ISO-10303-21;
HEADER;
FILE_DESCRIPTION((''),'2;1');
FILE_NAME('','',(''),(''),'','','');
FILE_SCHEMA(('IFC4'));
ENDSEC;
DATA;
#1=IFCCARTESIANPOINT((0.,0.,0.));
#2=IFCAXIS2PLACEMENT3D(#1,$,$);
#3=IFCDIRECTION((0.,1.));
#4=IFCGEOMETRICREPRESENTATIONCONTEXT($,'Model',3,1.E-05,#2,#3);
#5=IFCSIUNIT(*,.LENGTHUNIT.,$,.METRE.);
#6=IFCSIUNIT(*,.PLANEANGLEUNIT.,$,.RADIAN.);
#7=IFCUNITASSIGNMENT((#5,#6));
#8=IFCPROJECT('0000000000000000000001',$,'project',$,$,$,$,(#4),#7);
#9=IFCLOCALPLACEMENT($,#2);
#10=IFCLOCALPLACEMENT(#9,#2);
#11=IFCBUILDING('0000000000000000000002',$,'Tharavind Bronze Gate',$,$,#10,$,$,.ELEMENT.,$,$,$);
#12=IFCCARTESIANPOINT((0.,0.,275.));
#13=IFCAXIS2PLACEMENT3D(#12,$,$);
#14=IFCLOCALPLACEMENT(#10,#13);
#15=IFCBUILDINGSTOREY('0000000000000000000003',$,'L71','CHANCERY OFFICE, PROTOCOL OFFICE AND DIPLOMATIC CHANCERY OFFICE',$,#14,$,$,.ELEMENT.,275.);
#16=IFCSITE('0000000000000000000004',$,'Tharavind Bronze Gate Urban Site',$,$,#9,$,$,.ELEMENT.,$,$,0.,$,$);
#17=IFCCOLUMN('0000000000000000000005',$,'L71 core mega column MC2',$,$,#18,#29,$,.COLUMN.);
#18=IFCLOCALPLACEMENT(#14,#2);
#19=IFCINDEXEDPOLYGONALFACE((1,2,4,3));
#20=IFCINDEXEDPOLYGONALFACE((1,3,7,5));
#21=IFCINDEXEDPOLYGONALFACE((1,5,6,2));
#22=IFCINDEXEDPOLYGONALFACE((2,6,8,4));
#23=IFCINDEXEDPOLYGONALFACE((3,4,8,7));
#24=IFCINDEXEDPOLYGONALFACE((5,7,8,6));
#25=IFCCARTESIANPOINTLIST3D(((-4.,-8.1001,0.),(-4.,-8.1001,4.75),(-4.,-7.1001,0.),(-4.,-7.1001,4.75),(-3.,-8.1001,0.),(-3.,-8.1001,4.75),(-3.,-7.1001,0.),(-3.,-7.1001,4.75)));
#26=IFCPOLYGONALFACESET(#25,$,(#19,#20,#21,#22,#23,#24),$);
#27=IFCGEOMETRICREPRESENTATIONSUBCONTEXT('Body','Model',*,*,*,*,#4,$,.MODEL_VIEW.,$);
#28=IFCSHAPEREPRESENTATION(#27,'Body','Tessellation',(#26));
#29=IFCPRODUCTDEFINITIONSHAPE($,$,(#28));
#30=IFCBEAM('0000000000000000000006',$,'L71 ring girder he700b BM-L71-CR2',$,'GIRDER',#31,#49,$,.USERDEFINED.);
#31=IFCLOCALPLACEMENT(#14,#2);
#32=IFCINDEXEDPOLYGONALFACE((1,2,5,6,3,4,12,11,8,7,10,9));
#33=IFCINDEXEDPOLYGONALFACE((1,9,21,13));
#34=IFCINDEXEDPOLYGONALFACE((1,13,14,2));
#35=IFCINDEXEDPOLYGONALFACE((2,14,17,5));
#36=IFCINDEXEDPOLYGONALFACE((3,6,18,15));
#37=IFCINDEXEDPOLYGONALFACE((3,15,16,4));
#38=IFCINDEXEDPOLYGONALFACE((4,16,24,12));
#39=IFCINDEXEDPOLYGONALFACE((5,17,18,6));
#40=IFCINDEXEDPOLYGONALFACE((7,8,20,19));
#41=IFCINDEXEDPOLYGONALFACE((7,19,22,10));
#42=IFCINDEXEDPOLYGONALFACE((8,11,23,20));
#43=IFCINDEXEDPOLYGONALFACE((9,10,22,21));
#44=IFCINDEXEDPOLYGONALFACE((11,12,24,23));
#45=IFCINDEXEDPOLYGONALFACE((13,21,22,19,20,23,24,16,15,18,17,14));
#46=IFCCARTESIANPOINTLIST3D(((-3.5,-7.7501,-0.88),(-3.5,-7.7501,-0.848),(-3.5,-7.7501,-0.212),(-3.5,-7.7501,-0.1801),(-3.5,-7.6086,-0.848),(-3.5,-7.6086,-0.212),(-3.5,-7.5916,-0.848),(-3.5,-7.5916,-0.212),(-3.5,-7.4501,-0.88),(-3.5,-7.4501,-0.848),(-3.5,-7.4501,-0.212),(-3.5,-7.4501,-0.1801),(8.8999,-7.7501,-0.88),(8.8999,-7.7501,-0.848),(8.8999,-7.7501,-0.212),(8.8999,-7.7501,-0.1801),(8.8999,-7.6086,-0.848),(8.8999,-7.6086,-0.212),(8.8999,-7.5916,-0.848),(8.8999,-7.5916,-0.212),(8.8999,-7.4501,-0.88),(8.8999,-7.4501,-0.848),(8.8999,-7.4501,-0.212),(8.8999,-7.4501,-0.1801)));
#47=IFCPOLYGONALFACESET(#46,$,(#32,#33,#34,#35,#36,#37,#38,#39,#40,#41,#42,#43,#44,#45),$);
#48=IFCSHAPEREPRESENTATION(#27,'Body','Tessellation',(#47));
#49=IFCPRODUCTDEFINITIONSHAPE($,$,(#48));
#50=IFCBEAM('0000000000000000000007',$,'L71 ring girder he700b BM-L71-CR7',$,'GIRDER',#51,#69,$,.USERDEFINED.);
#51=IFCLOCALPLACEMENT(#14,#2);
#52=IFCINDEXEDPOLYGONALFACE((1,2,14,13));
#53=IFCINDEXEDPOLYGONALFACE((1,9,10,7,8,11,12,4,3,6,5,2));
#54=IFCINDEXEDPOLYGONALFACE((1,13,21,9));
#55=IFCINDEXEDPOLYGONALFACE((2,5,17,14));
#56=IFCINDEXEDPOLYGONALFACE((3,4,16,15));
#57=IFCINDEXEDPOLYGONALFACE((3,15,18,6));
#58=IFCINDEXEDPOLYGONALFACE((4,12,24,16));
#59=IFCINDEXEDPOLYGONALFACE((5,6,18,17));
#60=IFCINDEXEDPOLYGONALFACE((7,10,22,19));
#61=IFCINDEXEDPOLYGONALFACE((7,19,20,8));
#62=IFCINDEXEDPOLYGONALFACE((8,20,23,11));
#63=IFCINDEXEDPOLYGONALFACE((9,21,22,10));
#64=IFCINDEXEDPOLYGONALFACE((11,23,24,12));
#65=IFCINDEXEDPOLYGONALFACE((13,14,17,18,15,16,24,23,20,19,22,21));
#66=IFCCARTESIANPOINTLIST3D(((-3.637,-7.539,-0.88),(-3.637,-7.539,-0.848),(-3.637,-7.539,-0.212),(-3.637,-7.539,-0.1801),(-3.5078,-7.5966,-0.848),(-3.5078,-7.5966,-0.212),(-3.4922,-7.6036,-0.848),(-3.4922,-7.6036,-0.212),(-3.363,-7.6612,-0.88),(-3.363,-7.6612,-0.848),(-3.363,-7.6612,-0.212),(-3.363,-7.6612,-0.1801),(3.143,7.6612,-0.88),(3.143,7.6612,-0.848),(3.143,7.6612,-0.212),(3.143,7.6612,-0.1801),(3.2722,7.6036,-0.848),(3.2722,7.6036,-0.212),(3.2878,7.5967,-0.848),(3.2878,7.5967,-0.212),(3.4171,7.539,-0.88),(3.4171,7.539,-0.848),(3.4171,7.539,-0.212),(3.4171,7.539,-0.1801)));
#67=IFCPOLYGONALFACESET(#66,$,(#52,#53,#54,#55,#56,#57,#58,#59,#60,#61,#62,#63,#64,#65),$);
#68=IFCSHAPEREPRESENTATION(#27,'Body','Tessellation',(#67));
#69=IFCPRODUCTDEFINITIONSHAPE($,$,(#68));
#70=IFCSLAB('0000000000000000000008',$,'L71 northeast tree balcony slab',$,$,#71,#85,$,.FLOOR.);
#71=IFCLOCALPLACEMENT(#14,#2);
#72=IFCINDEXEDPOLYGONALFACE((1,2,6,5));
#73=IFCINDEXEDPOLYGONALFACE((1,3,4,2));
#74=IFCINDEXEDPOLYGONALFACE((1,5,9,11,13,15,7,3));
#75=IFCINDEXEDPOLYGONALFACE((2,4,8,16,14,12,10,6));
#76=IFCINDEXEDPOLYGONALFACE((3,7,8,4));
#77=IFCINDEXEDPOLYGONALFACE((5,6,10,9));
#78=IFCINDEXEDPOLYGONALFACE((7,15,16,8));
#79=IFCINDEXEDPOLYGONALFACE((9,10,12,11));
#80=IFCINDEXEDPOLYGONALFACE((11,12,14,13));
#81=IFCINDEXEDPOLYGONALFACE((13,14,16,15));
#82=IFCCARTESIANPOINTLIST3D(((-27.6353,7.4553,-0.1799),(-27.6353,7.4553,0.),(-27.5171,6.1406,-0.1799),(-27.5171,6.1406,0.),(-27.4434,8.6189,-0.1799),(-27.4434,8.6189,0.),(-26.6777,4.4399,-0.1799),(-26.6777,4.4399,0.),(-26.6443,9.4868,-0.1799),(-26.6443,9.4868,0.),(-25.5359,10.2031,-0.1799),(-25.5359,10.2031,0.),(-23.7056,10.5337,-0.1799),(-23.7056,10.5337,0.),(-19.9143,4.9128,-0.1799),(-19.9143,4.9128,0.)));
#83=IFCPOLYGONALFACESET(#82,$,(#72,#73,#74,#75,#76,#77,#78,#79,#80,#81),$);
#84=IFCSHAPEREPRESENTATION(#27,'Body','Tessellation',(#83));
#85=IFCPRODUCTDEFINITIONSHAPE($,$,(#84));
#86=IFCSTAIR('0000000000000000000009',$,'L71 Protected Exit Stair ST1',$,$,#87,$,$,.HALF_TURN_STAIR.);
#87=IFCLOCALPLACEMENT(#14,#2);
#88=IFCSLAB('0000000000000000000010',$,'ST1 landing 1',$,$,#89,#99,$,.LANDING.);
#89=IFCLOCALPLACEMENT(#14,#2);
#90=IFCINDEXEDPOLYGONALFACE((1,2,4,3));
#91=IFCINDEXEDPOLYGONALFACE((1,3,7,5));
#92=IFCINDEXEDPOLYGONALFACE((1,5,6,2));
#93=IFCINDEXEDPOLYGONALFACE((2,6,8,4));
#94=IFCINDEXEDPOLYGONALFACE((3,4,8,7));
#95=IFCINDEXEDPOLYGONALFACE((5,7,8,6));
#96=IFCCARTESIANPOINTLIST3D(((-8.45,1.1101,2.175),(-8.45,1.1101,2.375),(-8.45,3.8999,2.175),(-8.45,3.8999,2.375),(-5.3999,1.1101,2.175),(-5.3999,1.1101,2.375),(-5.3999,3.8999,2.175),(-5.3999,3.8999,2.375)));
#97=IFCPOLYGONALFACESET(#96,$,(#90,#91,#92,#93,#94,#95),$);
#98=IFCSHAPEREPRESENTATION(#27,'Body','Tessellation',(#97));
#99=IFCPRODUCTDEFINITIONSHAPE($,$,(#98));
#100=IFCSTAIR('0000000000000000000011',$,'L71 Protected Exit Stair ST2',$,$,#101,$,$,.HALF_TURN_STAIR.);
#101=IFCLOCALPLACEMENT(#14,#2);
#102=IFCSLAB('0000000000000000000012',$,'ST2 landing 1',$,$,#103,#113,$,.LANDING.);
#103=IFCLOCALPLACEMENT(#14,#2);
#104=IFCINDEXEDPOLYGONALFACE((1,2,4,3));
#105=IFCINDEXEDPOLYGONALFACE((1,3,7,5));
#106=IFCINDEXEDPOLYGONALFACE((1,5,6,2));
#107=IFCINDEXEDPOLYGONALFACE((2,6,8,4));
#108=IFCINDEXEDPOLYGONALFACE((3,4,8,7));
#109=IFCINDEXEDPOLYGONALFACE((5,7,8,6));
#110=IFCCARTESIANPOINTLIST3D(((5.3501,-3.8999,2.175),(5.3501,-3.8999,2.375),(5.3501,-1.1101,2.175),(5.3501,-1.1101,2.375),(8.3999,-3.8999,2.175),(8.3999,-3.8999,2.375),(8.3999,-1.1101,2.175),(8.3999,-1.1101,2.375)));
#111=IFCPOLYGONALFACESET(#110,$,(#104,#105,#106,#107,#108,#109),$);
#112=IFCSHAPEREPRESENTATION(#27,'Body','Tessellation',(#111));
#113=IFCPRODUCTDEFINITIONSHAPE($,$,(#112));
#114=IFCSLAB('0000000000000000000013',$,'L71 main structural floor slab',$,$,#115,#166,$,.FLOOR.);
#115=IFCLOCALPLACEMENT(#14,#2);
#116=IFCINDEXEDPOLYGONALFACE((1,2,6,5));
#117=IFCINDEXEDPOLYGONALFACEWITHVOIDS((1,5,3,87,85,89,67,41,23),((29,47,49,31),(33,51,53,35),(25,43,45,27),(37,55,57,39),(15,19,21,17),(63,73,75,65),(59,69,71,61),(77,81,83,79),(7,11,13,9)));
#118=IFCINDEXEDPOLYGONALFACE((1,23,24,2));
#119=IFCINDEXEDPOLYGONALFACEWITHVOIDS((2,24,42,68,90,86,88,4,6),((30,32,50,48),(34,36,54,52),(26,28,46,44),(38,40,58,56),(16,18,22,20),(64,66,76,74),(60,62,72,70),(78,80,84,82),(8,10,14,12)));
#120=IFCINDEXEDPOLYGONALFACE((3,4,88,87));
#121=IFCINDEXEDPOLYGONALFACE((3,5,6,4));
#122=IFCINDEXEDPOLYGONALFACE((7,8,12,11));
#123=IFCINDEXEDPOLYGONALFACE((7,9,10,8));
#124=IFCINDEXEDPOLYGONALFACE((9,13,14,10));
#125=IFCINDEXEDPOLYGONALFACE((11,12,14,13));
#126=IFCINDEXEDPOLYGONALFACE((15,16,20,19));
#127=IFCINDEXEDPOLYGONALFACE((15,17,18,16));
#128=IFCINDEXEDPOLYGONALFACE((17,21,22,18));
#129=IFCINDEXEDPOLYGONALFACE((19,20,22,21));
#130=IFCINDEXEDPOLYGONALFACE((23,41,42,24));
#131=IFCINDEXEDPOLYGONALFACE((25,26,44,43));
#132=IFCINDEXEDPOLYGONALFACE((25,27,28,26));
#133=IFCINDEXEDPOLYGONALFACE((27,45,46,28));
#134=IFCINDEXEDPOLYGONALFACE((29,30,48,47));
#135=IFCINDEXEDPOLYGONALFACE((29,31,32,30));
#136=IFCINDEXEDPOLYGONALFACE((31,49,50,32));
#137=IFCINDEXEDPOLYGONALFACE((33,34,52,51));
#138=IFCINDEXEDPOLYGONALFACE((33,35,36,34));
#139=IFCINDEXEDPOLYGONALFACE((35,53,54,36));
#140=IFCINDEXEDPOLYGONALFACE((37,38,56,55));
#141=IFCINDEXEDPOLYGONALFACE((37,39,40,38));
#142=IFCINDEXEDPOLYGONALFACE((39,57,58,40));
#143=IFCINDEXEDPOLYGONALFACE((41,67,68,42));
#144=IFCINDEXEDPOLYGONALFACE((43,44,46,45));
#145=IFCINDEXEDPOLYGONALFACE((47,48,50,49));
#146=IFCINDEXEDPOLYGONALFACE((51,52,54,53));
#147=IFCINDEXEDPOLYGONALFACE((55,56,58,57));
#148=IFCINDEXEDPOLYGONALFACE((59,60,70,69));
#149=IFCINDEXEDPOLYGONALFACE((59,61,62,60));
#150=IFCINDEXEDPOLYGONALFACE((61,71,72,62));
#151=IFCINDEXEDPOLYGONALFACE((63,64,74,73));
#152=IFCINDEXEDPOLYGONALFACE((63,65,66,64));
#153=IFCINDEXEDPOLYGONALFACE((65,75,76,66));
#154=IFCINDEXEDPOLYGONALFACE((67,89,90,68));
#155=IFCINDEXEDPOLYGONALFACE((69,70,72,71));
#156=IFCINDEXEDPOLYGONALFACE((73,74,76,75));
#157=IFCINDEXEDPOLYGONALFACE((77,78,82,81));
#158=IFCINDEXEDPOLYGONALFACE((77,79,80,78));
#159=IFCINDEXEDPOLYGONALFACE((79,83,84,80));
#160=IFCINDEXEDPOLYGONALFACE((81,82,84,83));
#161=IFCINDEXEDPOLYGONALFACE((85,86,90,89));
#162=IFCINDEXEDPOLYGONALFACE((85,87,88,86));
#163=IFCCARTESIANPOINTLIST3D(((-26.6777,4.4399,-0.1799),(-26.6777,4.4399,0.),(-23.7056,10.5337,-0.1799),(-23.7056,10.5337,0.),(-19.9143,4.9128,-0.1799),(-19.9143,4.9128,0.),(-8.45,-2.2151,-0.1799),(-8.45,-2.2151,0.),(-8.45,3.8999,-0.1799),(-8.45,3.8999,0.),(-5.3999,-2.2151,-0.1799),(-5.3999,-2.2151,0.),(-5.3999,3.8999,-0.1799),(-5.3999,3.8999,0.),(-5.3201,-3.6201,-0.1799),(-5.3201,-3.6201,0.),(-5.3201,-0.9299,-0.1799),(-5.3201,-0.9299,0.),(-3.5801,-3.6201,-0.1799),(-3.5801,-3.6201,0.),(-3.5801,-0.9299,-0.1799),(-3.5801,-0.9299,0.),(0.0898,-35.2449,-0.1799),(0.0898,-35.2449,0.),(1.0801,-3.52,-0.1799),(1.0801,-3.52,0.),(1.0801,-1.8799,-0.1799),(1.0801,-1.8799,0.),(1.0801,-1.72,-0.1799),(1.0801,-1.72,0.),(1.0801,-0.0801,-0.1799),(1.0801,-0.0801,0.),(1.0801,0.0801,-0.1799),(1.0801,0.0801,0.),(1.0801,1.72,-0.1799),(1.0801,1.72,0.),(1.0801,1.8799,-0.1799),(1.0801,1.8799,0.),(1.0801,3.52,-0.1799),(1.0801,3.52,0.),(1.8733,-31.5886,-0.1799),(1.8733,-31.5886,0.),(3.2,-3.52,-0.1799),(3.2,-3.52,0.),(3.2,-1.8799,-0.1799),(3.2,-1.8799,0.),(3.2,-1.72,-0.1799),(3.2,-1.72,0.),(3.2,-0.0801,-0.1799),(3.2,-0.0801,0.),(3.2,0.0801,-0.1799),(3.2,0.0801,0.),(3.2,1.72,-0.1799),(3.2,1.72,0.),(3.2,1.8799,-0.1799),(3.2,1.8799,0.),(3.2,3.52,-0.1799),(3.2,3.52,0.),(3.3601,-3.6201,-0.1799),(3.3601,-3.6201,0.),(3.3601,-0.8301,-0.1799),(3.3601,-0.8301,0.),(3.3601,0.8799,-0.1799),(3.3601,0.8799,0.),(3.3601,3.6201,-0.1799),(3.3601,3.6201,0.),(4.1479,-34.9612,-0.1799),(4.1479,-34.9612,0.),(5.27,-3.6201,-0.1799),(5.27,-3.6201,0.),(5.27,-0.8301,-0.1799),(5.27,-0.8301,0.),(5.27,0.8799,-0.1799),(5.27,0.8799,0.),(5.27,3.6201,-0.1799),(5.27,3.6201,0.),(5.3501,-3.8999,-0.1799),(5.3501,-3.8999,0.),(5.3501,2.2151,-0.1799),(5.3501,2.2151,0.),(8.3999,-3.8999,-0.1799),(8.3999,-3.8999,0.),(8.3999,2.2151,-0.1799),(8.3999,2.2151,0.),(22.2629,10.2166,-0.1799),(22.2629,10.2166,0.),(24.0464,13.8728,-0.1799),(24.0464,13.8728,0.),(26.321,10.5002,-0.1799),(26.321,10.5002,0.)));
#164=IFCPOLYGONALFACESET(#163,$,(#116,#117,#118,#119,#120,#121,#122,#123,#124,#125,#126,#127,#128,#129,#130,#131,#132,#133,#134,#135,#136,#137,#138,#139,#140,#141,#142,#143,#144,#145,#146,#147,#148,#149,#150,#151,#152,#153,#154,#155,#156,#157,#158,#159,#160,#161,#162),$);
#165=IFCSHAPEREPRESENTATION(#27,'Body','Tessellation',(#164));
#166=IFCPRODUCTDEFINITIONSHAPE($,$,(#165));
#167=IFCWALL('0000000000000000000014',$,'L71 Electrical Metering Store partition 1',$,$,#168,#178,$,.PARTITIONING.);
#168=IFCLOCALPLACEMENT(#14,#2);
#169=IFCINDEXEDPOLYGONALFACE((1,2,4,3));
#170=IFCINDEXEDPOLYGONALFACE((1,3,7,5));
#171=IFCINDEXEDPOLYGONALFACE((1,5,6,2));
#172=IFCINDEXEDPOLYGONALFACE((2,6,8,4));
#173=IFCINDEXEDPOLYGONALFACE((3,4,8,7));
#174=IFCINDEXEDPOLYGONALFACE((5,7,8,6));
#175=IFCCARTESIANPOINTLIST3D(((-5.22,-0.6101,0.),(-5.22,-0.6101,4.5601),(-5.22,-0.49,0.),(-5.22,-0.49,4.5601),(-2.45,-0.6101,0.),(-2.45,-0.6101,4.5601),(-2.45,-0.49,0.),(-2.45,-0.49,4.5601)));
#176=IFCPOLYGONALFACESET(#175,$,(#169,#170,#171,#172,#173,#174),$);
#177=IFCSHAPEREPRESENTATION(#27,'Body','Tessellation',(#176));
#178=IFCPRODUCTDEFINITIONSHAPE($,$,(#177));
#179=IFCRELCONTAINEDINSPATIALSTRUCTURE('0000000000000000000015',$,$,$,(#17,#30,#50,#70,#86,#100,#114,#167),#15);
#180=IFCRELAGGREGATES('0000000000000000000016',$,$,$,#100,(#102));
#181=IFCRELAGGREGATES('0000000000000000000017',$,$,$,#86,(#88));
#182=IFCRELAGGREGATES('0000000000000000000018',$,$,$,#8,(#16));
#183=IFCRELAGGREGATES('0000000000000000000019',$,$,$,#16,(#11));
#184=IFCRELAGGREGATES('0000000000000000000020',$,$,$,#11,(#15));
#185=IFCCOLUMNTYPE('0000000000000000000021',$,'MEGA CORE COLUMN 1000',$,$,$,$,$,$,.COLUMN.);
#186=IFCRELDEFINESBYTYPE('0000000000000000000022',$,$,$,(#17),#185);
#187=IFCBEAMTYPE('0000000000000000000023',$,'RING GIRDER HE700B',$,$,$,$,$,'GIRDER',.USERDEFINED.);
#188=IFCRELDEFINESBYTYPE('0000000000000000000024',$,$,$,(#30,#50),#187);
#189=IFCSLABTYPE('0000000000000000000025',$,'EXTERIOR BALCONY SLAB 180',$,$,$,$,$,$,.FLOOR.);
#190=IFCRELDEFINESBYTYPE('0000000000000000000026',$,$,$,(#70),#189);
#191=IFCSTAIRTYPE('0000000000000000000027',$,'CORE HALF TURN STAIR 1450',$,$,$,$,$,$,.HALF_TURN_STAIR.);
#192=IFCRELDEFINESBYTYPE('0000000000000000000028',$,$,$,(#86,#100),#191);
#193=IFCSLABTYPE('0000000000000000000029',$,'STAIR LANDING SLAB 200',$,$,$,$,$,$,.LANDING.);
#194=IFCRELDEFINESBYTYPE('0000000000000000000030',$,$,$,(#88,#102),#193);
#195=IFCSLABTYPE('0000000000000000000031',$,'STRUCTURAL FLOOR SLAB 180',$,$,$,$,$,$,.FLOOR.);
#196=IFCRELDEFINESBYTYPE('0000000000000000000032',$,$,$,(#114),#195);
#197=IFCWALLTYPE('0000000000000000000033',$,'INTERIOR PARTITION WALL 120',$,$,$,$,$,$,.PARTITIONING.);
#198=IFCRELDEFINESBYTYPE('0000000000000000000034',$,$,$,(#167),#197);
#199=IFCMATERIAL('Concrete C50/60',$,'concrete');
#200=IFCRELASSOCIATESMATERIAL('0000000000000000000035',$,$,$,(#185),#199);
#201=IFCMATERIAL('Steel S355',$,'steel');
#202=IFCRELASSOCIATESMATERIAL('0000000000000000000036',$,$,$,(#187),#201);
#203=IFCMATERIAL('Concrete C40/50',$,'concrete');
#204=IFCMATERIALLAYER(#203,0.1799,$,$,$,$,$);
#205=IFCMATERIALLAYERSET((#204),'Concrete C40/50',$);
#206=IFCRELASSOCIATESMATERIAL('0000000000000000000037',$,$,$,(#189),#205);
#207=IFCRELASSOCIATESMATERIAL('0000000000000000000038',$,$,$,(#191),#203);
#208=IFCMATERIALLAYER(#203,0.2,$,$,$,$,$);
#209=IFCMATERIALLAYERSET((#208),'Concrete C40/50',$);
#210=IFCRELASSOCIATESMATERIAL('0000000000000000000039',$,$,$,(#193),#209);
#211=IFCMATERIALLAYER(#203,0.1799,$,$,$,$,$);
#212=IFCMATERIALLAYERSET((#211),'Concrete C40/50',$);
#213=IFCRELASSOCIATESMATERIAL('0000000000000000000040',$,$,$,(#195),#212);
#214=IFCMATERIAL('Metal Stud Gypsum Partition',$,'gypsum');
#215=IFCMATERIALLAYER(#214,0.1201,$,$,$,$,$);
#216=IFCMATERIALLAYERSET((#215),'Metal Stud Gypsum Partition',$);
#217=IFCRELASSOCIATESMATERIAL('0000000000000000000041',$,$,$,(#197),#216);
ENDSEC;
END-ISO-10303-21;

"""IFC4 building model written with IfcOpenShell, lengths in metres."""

from ifc_helpers import new_model, si_unit, direction, frame, frame_2d, origin, origin_2d, place, context, subcontext, project, spatial, polyline, rectangle, i_section, outline, extrude, material, layer, layer_set, material_profile, profile_set, type_object, element, aggregate, save


model = new_model("IFC4")

# Units and contexts
model_context = context("Model", 3, precision=1e-05, world=origin(), true_north=direction((0.0, 1.0)))
body_context = subcontext(model_context, "Body", "Model", "MODEL_VIEW")
ifc_project = project(units=[si_unit("LENGTHUNIT", "METRE"), si_unit("PLANEANGLEUNIT", "RADIAN")], contexts=[model_context])

# Site, building, storey
site_placement = place(None, origin())
site = spatial("IfcSite", under=ifc_project, at=site_placement, Name="Tharavind Bronze Gate Urban Site", CompositionType="ELEMENT", RefElevation=0.0)
building_placement = place(site_placement, origin())
building = spatial("IfcBuilding", under=site, at=building_placement, Name="Tharavind Bronze Gate", CompositionType="ELEMENT")
storey_placement = place(building_placement, frame((0.0, 0.0, 275.0)))
storey = spatial("IfcBuildingStorey", under=building, at=storey_placement, Name="L71", Description="CHANCERY OFFICE, PROTOCOL OFFICE AND DIPLOMATIC CHANCERY OFFICE", CompositionType="ELEMENT", Elevation=275.0)

# Column
ifc_material_1 = material(Name="Concrete C50/60", Category="concrete")
ifc_material_profile_1 = material_profile(ifc_material_1, rectangle(XDim=1.0, YDim=1.0, at=origin_2d()), Name="RCCOL1000")
ifc_profile_set_1 = profile_set([ifc_material_profile_1], Name="Concrete C50/60")
column_type = type_object("IfcColumnType", Name="MEGA CORE COLUMN 1000", PredefinedType="COLUMN", material=ifc_profile_set_1)
column_placement = place(storey_placement, frame((-3.5, -7.6001, 0.0), z_axis=(0.0, 0.0, 1.0), x_axis=(1.0, 0.0, 0.0)))
element("IfcColumn", 1, at=column_placement, inside=storey, type_object=column_type, Name="L71 core mega column MC2", PredefinedType="COLUMN", context=body_context, shape_type="SweptSolid", body=[
    extrude(rectangle(XDim=1.0, YDim=1.0, at=origin_2d()), origin(), (0.0, 0.0, 1.0), 4.75),
])

# Beams
ifc_material_2 = material(Name="Steel S355", Category="steel")
ifc_material_profile_2 = material_profile(ifc_material_2, i_section(OverallWidth=0.3, OverallDepth=0.7, WebThickness=0.0171, FlangeThickness=0.032, at=origin_2d()), Name="HE700B")
ifc_profile_set_2 = profile_set([ifc_material_profile_2], Name="Steel S355")
beam_type = type_object("IfcBeamType", Name="RING GIRDER HE700B", ElementType="GIRDER", PredefinedType="USERDEFINED", material=ifc_profile_set_2)
beam_1_placement = place(storey_placement, frame((-3.5, -7.6001, -0.53), z_axis=(1.0, 0.0, 0.0), x_axis=(0.0, 1.0, 0.0)))
element("IfcBeam", 2, at=beam_1_placement, inside=storey, type_object=beam_type, Name="L71 ring girder he700b BM-L71-CR2", ObjectType="GIRDER", PredefinedType="USERDEFINED", context=body_context, shape_type="SweptSolid", body=[
    extrude(i_section(OverallWidth=0.3, OverallDepth=0.7, WebThickness=0.0171, FlangeThickness=0.032, at=origin_2d()), origin(), (0.0, 0.0, 1.0), 12.3999),
])
beam_2_placement = place(storey_placement, frame((-3.5, -7.6001, -0.53), z_axis=(0.407362, 0.913267, 0.0), x_axis=(-0.913267, 0.407362, 0.0)))
element("IfcBeam", 3, at=beam_2_placement, inside=storey, type_object=beam_type, Name="L71 ring girder he700b BM-L71-CR7", ObjectType="GIRDER", PredefinedType="USERDEFINED", context=body_context, shape_type="SweptSolid", body=[
    extrude(i_section(OverallWidth=0.3, OverallDepth=0.7, WebThickness=0.0171, FlangeThickness=0.032, at=origin_2d()), origin(), (0.0, 0.0, 1.0), 16.6438),
])

# Slab
ifc_material_3 = material(Name="Concrete C40/50", Category="concrete")
ifc_layer_1 = layer(ifc_material_3, 0.1799)
ifc_layer_set_1 = layer_set([ifc_layer_1], Name="Concrete C40/50")
slab_type_1 = type_object("IfcSlabType", Name="EXTERIOR BALCONY SLAB 180", PredefinedType="FLOOR", material=ifc_layer_set_1)
slab_1_placement = place(storey_placement, frame((0.0, 0.0, -0.1799)))
element("IfcSlab", 4, at=slab_1_placement, inside=storey, type_object=slab_type_1, Name="L71 northeast tree balcony slab", PredefinedType="FLOOR", context=body_context, shape_type="SweptSolid", body=[
    extrude(outline(polyline([(-25.5359, 10.2031), (-26.6443, 9.4868), (-27.4434, 8.6189), (-27.6353, 7.4553), (-27.5171, 6.1406), (-26.6777, 4.4399), (-19.9143, 4.9128), (-23.7056, 10.5337), (-25.5359, 10.2031)])), origin(), (0.0, 0.0, 1.0), 0.1799),
])

# Stairs, slabs
stair_type = type_object("IfcStairType", Name="CORE HALF TURN STAIR 1450", PredefinedType="HALF_TURN_STAIR", material=ifc_material_3)
stair_1_placement = place(storey_placement, origin())
stair_1 = element("IfcStair", 5, at=stair_1_placement, inside=storey, type_object=stair_type, Name="L71 Protected Exit Stair ST1", PredefinedType="HALF_TURN_STAIR")
ifc_layer_2 = layer(ifc_material_3, 0.2)
ifc_layer_set_2 = layer_set([ifc_layer_2], Name="Concrete C40/50")
slab_type_2 = type_object("IfcSlabType", Name="STAIR LANDING SLAB 200", PredefinedType="LANDING", material=ifc_layer_set_2)
slab_2_placement = place(storey_placement, frame((0.0, 0.0, 2.175)))
slab_2 = element("IfcSlab", 6, at=slab_2_placement, type_object=slab_type_2, Name="ST1 landing 1", PredefinedType="LANDING", context=body_context, shape_type="SweptSolid", body=[
    extrude(outline(polyline([(-5.3999, 1.1101), (-5.3999, 3.8999), (-8.45, 3.8999), (-8.45, 1.1101), (-5.3999, 1.1101)])), origin(), (0.0, 0.0, 1.0), 0.2),
])
stair_2_placement = place(storey_placement, origin())
stair_2 = element("IfcStair", 7, at=stair_2_placement, inside=storey, type_object=stair_type, Name="L71 Protected Exit Stair ST2", PredefinedType="HALF_TURN_STAIR")
slab_3_placement = place(storey_placement, frame((0.0, 0.0, 2.175)))
slab_3 = element("IfcSlab", 8, at=slab_3_placement, type_object=slab_type_2, Name="ST2 landing 1", PredefinedType="LANDING", context=body_context, shape_type="SweptSolid", body=[
    extrude(outline(polyline([(5.3501, -1.1101), (5.3501, -3.8999), (8.3999, -3.8999), (8.3999, -1.1101), (5.3501, -1.1101)])), origin(), (0.0, 0.0, 1.0), 0.2),
])
aggregate(stair_2, [slab_3])

# Slab
ifc_layer_3 = layer(ifc_material_3, 0.1799)
ifc_layer_set_3 = layer_set([ifc_layer_3], Name="Concrete C40/50")
slab_type_3 = type_object("IfcSlabType", Name="STRUCTURAL FLOOR SLAB 180", PredefinedType="FLOOR", material=ifc_layer_set_3)
slab_4_placement = place(storey_placement, frame((0.0, 0.0, -0.1799)))
element("IfcSlab", 9, at=slab_4_placement, inside=storey, type_object=slab_type_3, Name="L71 main structural floor slab", PredefinedType="FLOOR", context=body_context, shape_type="SweptSolid", body=[
    extrude(outline(polyline([(-23.7056, 10.5337), (-19.9143, 4.9128), (-26.6777, 4.4399), (0.0898, -35.2449), (1.8733, -31.5886), (4.1479, -34.9612), (26.321, 10.5002), (22.2629, 10.2166), (24.0464, 13.8728), (-23.7056, 10.5337)]), holes=[polyline([(-5.3999, -2.2151), (-5.3999, 3.8999), (-8.45, 3.8999), (-8.45, -2.2151), (-5.3999, -2.2151)]), polyline([(5.3501, 2.2151), (5.3501, -3.8999), (8.3999, -3.8999), (8.3999, 2.2151), (5.3501, 2.2151)]), polyline([(1.0801, -3.52), (3.2, -3.52), (3.2, -1.8799), (1.0801, -1.8799), (1.0801, -3.52)]), polyline([(1.0801, -1.72), (3.2, -1.72), (3.2, -0.0801), (1.0801, -0.0801), (1.0801, -1.72)]), polyline([(1.0801, 0.0801), (3.2, 0.0801), (3.2, 1.72), (1.0801, 1.72), (1.0801, 0.0801)]), polyline([(1.0801, 1.8799), (3.2, 1.8799), (3.2, 3.52), (1.0801, 3.52), (1.0801, 1.8799)]), polyline([(-5.3201, -3.6201), (-3.5801, -3.6201), (-3.5801, -0.9299), (-5.3201, -0.9299), (-5.3201, -3.6201)]), polyline([(3.3601, 0.8799), (5.27, 0.8799), (5.27, 3.6201), (3.3601, 3.6201), (3.3601, 0.8799)]), polyline([(3.3601, -3.6201), (5.27, -3.6201), (5.27, -0.8301), (3.3601, -0.8301), (3.3601, -3.6201)])]), origin(), (0.0, 0.0, 1.0), 0.1799),
])

# Wall
ifc_material_4 = material(Name="Metal Stud Gypsum Partition", Category="gypsum")
ifc_layer_4 = layer(ifc_material_4, 0.1201)
ifc_layer_set_4 = layer_set([ifc_layer_4], Name="Metal Stud Gypsum Partition")
wall_type_1 = type_object("IfcWallType", Name="INTERIOR PARTITION WALL 120", PredefinedType="PARTITIONING", material=ifc_layer_set_4)
wall_1_placement = place(storey_placement, frame((-5.22, -0.55, 0.0), z_axis=(0.0, 0.0, 1.0), x_axis=(1.0, 0.0, 0.0)))
element("IfcWall", 10, at=wall_1_placement, inside=storey, type_object=wall_type_1, Name="L71 Electrical Metering Store partition 1", PredefinedType="PARTITIONING", context=body_context, shape_type="SweptSolid", body=[
    extrude(rectangle(XDim=2.77, YDim=0.1201, at=frame_2d((1.385, 0.0))), origin(), (0.0, 0.0, 1.0), 4.5601),
])

aggregate(stair_1, [slab_2])

save(model, "model.ifc")
